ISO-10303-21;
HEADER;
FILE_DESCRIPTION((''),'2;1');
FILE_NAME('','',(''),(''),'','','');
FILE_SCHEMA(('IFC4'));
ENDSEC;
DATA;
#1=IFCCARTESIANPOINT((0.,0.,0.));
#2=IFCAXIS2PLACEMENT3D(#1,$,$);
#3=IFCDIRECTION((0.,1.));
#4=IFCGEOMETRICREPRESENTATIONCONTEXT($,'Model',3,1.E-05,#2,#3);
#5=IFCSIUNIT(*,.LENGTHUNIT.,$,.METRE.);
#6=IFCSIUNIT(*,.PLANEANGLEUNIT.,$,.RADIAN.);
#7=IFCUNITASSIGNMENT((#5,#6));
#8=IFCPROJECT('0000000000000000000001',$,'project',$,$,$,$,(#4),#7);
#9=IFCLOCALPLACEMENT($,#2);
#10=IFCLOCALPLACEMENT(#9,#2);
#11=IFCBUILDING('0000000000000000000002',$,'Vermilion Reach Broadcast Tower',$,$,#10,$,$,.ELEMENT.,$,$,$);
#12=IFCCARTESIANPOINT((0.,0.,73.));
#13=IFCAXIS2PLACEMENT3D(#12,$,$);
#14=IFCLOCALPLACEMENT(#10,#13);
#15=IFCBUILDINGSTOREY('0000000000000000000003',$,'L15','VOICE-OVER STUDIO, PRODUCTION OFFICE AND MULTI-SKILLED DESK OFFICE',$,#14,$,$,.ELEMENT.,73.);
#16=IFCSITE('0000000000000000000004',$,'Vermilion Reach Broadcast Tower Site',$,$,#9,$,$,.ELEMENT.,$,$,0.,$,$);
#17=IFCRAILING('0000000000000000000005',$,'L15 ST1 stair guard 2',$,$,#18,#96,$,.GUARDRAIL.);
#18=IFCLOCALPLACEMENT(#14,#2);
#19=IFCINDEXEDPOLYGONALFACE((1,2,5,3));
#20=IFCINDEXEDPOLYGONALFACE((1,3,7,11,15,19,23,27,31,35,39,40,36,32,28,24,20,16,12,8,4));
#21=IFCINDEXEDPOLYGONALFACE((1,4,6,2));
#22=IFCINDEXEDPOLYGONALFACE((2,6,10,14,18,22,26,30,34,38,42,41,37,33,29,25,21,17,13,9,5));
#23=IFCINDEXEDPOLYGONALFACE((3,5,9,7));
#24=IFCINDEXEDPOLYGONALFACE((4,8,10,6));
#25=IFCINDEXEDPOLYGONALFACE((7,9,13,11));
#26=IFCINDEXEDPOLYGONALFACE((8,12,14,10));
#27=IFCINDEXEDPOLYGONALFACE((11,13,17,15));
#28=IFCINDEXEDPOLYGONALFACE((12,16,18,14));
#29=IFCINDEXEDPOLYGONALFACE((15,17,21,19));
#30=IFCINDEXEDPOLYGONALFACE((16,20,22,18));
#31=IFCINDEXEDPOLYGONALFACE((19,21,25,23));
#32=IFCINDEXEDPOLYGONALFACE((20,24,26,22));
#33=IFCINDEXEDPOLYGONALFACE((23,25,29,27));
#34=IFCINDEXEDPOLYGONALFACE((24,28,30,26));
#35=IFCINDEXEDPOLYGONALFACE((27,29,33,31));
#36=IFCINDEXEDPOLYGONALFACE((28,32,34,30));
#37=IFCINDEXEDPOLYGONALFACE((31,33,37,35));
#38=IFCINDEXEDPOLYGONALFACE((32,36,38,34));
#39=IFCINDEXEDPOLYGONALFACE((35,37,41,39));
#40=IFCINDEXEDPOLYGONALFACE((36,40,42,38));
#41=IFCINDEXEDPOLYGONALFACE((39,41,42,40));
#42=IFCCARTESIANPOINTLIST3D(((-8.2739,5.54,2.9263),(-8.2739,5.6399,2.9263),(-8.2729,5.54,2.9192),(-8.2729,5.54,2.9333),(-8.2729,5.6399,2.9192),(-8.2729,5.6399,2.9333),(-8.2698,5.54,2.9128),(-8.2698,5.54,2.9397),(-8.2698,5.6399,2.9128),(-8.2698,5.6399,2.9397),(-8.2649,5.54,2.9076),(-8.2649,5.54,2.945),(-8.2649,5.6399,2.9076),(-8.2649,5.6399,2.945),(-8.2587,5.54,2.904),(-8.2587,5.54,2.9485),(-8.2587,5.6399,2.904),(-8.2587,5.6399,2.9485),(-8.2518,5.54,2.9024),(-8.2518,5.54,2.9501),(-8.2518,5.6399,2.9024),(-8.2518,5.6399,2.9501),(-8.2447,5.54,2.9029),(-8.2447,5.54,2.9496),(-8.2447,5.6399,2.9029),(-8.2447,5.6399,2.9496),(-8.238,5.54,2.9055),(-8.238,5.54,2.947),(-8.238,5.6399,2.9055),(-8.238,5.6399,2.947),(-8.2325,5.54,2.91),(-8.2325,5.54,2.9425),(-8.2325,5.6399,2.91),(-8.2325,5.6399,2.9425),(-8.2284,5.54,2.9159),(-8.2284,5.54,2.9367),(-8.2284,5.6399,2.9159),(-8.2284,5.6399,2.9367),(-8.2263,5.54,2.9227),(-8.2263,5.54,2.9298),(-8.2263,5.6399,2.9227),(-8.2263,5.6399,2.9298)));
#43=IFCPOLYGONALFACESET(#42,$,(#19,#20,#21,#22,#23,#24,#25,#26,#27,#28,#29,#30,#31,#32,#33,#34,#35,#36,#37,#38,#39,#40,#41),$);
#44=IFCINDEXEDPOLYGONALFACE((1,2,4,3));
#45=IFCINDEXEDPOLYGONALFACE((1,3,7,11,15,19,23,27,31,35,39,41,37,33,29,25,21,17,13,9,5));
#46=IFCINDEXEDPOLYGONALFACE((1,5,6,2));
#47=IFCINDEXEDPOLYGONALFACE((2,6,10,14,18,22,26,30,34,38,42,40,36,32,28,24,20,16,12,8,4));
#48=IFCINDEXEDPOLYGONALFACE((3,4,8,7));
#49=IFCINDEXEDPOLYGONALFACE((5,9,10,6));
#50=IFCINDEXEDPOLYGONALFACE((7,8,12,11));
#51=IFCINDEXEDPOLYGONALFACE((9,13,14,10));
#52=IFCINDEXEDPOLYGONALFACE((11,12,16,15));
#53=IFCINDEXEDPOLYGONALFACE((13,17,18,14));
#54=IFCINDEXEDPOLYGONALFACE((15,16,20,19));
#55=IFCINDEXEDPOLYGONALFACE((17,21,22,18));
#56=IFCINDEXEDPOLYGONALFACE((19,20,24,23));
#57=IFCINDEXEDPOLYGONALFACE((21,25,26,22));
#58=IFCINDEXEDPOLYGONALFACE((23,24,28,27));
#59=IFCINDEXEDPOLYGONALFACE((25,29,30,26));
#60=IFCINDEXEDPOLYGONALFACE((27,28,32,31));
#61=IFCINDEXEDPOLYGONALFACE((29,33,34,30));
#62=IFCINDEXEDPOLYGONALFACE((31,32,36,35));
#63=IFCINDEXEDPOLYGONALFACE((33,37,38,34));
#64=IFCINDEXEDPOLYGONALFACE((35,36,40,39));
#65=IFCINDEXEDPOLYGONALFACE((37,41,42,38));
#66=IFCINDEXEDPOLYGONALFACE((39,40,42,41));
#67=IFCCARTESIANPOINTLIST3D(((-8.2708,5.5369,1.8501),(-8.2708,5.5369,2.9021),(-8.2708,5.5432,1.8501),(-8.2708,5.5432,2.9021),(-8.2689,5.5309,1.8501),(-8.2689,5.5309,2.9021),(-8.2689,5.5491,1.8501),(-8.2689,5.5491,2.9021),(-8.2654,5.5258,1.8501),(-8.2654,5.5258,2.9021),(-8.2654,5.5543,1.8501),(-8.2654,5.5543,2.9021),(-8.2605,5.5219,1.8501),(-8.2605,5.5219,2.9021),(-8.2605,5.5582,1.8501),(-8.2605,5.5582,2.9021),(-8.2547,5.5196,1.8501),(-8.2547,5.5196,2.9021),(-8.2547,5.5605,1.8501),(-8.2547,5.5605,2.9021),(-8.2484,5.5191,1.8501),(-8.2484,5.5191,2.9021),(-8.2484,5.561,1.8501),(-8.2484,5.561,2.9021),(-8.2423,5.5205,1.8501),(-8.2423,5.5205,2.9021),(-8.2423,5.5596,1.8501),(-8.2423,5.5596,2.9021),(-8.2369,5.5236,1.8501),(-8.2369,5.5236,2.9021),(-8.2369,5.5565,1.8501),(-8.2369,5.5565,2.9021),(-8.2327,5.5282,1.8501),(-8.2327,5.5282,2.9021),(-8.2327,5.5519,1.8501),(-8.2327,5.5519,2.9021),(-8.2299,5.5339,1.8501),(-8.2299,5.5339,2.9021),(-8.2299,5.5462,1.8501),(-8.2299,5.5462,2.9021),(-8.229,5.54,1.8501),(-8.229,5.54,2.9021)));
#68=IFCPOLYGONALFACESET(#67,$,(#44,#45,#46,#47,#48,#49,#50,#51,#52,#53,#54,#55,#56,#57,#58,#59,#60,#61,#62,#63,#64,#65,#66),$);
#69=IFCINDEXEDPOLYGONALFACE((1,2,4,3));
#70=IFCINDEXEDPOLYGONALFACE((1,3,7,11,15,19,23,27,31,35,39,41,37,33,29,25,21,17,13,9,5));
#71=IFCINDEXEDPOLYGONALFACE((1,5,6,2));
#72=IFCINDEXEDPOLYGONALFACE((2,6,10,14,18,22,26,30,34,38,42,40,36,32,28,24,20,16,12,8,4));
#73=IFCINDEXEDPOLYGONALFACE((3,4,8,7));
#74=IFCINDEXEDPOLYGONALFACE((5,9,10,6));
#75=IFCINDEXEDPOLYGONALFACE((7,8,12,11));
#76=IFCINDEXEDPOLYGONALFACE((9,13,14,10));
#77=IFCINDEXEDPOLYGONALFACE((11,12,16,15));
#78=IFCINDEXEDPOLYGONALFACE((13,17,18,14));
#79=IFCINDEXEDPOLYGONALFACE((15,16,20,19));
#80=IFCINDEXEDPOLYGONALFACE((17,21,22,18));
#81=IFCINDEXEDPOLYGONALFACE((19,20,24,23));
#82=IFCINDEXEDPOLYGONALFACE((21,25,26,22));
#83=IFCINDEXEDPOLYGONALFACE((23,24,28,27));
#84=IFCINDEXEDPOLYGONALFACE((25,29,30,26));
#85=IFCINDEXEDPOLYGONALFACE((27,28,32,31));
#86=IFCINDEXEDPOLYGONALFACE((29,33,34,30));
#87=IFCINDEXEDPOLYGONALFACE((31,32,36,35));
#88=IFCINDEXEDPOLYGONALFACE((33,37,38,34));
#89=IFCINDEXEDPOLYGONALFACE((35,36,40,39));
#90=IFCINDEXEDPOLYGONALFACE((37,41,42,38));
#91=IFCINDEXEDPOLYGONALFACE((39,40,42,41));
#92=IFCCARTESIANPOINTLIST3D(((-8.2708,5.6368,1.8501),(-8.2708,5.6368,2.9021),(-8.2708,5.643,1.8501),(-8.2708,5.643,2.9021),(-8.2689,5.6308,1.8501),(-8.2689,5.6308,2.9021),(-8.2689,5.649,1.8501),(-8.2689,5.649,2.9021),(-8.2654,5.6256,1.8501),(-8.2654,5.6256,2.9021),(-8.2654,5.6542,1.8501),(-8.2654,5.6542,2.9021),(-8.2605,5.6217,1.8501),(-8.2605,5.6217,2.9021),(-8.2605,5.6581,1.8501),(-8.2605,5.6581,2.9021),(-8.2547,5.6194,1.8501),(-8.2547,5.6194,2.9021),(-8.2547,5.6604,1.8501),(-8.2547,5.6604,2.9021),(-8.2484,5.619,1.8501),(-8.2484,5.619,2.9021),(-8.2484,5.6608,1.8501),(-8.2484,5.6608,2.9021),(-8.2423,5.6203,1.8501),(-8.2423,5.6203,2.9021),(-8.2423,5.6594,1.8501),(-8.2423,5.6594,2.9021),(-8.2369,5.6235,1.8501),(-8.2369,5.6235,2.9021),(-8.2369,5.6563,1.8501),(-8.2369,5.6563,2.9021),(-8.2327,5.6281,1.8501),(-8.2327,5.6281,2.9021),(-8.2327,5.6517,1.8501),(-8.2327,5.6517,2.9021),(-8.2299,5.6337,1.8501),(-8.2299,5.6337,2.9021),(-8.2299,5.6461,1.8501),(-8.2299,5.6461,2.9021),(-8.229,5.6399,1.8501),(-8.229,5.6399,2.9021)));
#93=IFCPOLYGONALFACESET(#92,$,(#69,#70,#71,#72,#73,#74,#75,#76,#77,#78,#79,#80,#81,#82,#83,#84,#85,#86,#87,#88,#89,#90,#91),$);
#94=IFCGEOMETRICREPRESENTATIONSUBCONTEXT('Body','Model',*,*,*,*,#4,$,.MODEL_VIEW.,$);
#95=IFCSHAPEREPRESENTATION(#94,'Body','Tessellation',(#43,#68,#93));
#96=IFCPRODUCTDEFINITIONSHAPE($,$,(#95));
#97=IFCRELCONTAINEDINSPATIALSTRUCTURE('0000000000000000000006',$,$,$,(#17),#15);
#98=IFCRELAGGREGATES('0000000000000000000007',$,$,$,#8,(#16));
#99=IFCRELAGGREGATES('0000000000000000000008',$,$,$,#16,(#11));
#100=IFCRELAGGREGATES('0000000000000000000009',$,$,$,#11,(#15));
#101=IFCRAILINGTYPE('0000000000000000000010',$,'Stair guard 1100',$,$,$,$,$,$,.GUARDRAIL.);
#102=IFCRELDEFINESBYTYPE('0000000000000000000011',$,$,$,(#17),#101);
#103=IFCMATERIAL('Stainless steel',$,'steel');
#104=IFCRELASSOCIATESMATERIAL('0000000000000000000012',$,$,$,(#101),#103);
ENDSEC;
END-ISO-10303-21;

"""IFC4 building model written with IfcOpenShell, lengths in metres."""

from ifc_helpers import new_model, si_unit, direction, frame, origin, origin_2d, place, context, subcontext, project, spatial, circle, extrude, material, type_object, element, save


model = new_model("IFC4")

# Units and contexts
model_context = context("Model", 3, precision=1e-05, world=origin(), true_north=direction((0.0, 1.0)))
body_context = subcontext(model_context, "Body", "Model", "MODEL_VIEW")
ifc_project = project(units=[si_unit("LENGTHUNIT", "METRE"), si_unit("PLANEANGLEUNIT", "RADIAN")], contexts=[model_context])

# Site, building, storey
site_placement = place(None, origin())
site = spatial("IfcSite", under=ifc_project, at=site_placement, Name="Vermilion Reach Broadcast Tower Site", CompositionType="ELEMENT", RefElevation=0.0)
building_placement = place(site_placement, origin())
building = spatial("IfcBuilding", under=site, at=building_placement, Name="Vermilion Reach Broadcast Tower", CompositionType="ELEMENT")
storey_placement = place(building_placement, frame((0.0, 0.0, 73.0)))
storey = spatial("IfcBuildingStorey", under=building, at=storey_placement, Name="L15", Description="VOICE-OVER STUDIO, PRODUCTION OFFICE AND MULTI-SKILLED DESK OFFICE", CompositionType="ELEMENT", Elevation=73.0)

# Railing
ifc_material_1 = material(Name="Stainless steel", Category="steel")
railing_type_1 = type_object("IfcRailingType", Name="Stair guard 1100", PredefinedType="GUARDRAIL", material=ifc_material_1)
railing_1_placement = place(storey_placement, frame((-8.25, 5.54, 1.8501)))
element("IfcRailing", 1, at=railing_1_placement, inside=storey, type_object=railing_type_1, Name="L15 ST1 stair guard 2", PredefinedType="GUARDRAIL", context=body_context, shape_type="SweptSolid", body=[
    extrude(circle(Radius=0.0239, at=origin_2d()), frame((0.0, 0.0, 1.0762), z_axis=(0.0, 1.0, 0.0), x_axis=(-1.0, 0.0, 0.0)), (0.0, 0.0, 1.0), 0.0999),
    extrude(circle(Radius=0.021, at=origin_2d()), origin(), (0.0, 0.0, 1.0), 1.052),
    extrude(circle(Radius=0.021, at=origin_2d()), frame((0.0, 0.0999, 0.0)), (0.0, 0.0, 1.0), 1.052),
])

save(model, "model.ifc")
